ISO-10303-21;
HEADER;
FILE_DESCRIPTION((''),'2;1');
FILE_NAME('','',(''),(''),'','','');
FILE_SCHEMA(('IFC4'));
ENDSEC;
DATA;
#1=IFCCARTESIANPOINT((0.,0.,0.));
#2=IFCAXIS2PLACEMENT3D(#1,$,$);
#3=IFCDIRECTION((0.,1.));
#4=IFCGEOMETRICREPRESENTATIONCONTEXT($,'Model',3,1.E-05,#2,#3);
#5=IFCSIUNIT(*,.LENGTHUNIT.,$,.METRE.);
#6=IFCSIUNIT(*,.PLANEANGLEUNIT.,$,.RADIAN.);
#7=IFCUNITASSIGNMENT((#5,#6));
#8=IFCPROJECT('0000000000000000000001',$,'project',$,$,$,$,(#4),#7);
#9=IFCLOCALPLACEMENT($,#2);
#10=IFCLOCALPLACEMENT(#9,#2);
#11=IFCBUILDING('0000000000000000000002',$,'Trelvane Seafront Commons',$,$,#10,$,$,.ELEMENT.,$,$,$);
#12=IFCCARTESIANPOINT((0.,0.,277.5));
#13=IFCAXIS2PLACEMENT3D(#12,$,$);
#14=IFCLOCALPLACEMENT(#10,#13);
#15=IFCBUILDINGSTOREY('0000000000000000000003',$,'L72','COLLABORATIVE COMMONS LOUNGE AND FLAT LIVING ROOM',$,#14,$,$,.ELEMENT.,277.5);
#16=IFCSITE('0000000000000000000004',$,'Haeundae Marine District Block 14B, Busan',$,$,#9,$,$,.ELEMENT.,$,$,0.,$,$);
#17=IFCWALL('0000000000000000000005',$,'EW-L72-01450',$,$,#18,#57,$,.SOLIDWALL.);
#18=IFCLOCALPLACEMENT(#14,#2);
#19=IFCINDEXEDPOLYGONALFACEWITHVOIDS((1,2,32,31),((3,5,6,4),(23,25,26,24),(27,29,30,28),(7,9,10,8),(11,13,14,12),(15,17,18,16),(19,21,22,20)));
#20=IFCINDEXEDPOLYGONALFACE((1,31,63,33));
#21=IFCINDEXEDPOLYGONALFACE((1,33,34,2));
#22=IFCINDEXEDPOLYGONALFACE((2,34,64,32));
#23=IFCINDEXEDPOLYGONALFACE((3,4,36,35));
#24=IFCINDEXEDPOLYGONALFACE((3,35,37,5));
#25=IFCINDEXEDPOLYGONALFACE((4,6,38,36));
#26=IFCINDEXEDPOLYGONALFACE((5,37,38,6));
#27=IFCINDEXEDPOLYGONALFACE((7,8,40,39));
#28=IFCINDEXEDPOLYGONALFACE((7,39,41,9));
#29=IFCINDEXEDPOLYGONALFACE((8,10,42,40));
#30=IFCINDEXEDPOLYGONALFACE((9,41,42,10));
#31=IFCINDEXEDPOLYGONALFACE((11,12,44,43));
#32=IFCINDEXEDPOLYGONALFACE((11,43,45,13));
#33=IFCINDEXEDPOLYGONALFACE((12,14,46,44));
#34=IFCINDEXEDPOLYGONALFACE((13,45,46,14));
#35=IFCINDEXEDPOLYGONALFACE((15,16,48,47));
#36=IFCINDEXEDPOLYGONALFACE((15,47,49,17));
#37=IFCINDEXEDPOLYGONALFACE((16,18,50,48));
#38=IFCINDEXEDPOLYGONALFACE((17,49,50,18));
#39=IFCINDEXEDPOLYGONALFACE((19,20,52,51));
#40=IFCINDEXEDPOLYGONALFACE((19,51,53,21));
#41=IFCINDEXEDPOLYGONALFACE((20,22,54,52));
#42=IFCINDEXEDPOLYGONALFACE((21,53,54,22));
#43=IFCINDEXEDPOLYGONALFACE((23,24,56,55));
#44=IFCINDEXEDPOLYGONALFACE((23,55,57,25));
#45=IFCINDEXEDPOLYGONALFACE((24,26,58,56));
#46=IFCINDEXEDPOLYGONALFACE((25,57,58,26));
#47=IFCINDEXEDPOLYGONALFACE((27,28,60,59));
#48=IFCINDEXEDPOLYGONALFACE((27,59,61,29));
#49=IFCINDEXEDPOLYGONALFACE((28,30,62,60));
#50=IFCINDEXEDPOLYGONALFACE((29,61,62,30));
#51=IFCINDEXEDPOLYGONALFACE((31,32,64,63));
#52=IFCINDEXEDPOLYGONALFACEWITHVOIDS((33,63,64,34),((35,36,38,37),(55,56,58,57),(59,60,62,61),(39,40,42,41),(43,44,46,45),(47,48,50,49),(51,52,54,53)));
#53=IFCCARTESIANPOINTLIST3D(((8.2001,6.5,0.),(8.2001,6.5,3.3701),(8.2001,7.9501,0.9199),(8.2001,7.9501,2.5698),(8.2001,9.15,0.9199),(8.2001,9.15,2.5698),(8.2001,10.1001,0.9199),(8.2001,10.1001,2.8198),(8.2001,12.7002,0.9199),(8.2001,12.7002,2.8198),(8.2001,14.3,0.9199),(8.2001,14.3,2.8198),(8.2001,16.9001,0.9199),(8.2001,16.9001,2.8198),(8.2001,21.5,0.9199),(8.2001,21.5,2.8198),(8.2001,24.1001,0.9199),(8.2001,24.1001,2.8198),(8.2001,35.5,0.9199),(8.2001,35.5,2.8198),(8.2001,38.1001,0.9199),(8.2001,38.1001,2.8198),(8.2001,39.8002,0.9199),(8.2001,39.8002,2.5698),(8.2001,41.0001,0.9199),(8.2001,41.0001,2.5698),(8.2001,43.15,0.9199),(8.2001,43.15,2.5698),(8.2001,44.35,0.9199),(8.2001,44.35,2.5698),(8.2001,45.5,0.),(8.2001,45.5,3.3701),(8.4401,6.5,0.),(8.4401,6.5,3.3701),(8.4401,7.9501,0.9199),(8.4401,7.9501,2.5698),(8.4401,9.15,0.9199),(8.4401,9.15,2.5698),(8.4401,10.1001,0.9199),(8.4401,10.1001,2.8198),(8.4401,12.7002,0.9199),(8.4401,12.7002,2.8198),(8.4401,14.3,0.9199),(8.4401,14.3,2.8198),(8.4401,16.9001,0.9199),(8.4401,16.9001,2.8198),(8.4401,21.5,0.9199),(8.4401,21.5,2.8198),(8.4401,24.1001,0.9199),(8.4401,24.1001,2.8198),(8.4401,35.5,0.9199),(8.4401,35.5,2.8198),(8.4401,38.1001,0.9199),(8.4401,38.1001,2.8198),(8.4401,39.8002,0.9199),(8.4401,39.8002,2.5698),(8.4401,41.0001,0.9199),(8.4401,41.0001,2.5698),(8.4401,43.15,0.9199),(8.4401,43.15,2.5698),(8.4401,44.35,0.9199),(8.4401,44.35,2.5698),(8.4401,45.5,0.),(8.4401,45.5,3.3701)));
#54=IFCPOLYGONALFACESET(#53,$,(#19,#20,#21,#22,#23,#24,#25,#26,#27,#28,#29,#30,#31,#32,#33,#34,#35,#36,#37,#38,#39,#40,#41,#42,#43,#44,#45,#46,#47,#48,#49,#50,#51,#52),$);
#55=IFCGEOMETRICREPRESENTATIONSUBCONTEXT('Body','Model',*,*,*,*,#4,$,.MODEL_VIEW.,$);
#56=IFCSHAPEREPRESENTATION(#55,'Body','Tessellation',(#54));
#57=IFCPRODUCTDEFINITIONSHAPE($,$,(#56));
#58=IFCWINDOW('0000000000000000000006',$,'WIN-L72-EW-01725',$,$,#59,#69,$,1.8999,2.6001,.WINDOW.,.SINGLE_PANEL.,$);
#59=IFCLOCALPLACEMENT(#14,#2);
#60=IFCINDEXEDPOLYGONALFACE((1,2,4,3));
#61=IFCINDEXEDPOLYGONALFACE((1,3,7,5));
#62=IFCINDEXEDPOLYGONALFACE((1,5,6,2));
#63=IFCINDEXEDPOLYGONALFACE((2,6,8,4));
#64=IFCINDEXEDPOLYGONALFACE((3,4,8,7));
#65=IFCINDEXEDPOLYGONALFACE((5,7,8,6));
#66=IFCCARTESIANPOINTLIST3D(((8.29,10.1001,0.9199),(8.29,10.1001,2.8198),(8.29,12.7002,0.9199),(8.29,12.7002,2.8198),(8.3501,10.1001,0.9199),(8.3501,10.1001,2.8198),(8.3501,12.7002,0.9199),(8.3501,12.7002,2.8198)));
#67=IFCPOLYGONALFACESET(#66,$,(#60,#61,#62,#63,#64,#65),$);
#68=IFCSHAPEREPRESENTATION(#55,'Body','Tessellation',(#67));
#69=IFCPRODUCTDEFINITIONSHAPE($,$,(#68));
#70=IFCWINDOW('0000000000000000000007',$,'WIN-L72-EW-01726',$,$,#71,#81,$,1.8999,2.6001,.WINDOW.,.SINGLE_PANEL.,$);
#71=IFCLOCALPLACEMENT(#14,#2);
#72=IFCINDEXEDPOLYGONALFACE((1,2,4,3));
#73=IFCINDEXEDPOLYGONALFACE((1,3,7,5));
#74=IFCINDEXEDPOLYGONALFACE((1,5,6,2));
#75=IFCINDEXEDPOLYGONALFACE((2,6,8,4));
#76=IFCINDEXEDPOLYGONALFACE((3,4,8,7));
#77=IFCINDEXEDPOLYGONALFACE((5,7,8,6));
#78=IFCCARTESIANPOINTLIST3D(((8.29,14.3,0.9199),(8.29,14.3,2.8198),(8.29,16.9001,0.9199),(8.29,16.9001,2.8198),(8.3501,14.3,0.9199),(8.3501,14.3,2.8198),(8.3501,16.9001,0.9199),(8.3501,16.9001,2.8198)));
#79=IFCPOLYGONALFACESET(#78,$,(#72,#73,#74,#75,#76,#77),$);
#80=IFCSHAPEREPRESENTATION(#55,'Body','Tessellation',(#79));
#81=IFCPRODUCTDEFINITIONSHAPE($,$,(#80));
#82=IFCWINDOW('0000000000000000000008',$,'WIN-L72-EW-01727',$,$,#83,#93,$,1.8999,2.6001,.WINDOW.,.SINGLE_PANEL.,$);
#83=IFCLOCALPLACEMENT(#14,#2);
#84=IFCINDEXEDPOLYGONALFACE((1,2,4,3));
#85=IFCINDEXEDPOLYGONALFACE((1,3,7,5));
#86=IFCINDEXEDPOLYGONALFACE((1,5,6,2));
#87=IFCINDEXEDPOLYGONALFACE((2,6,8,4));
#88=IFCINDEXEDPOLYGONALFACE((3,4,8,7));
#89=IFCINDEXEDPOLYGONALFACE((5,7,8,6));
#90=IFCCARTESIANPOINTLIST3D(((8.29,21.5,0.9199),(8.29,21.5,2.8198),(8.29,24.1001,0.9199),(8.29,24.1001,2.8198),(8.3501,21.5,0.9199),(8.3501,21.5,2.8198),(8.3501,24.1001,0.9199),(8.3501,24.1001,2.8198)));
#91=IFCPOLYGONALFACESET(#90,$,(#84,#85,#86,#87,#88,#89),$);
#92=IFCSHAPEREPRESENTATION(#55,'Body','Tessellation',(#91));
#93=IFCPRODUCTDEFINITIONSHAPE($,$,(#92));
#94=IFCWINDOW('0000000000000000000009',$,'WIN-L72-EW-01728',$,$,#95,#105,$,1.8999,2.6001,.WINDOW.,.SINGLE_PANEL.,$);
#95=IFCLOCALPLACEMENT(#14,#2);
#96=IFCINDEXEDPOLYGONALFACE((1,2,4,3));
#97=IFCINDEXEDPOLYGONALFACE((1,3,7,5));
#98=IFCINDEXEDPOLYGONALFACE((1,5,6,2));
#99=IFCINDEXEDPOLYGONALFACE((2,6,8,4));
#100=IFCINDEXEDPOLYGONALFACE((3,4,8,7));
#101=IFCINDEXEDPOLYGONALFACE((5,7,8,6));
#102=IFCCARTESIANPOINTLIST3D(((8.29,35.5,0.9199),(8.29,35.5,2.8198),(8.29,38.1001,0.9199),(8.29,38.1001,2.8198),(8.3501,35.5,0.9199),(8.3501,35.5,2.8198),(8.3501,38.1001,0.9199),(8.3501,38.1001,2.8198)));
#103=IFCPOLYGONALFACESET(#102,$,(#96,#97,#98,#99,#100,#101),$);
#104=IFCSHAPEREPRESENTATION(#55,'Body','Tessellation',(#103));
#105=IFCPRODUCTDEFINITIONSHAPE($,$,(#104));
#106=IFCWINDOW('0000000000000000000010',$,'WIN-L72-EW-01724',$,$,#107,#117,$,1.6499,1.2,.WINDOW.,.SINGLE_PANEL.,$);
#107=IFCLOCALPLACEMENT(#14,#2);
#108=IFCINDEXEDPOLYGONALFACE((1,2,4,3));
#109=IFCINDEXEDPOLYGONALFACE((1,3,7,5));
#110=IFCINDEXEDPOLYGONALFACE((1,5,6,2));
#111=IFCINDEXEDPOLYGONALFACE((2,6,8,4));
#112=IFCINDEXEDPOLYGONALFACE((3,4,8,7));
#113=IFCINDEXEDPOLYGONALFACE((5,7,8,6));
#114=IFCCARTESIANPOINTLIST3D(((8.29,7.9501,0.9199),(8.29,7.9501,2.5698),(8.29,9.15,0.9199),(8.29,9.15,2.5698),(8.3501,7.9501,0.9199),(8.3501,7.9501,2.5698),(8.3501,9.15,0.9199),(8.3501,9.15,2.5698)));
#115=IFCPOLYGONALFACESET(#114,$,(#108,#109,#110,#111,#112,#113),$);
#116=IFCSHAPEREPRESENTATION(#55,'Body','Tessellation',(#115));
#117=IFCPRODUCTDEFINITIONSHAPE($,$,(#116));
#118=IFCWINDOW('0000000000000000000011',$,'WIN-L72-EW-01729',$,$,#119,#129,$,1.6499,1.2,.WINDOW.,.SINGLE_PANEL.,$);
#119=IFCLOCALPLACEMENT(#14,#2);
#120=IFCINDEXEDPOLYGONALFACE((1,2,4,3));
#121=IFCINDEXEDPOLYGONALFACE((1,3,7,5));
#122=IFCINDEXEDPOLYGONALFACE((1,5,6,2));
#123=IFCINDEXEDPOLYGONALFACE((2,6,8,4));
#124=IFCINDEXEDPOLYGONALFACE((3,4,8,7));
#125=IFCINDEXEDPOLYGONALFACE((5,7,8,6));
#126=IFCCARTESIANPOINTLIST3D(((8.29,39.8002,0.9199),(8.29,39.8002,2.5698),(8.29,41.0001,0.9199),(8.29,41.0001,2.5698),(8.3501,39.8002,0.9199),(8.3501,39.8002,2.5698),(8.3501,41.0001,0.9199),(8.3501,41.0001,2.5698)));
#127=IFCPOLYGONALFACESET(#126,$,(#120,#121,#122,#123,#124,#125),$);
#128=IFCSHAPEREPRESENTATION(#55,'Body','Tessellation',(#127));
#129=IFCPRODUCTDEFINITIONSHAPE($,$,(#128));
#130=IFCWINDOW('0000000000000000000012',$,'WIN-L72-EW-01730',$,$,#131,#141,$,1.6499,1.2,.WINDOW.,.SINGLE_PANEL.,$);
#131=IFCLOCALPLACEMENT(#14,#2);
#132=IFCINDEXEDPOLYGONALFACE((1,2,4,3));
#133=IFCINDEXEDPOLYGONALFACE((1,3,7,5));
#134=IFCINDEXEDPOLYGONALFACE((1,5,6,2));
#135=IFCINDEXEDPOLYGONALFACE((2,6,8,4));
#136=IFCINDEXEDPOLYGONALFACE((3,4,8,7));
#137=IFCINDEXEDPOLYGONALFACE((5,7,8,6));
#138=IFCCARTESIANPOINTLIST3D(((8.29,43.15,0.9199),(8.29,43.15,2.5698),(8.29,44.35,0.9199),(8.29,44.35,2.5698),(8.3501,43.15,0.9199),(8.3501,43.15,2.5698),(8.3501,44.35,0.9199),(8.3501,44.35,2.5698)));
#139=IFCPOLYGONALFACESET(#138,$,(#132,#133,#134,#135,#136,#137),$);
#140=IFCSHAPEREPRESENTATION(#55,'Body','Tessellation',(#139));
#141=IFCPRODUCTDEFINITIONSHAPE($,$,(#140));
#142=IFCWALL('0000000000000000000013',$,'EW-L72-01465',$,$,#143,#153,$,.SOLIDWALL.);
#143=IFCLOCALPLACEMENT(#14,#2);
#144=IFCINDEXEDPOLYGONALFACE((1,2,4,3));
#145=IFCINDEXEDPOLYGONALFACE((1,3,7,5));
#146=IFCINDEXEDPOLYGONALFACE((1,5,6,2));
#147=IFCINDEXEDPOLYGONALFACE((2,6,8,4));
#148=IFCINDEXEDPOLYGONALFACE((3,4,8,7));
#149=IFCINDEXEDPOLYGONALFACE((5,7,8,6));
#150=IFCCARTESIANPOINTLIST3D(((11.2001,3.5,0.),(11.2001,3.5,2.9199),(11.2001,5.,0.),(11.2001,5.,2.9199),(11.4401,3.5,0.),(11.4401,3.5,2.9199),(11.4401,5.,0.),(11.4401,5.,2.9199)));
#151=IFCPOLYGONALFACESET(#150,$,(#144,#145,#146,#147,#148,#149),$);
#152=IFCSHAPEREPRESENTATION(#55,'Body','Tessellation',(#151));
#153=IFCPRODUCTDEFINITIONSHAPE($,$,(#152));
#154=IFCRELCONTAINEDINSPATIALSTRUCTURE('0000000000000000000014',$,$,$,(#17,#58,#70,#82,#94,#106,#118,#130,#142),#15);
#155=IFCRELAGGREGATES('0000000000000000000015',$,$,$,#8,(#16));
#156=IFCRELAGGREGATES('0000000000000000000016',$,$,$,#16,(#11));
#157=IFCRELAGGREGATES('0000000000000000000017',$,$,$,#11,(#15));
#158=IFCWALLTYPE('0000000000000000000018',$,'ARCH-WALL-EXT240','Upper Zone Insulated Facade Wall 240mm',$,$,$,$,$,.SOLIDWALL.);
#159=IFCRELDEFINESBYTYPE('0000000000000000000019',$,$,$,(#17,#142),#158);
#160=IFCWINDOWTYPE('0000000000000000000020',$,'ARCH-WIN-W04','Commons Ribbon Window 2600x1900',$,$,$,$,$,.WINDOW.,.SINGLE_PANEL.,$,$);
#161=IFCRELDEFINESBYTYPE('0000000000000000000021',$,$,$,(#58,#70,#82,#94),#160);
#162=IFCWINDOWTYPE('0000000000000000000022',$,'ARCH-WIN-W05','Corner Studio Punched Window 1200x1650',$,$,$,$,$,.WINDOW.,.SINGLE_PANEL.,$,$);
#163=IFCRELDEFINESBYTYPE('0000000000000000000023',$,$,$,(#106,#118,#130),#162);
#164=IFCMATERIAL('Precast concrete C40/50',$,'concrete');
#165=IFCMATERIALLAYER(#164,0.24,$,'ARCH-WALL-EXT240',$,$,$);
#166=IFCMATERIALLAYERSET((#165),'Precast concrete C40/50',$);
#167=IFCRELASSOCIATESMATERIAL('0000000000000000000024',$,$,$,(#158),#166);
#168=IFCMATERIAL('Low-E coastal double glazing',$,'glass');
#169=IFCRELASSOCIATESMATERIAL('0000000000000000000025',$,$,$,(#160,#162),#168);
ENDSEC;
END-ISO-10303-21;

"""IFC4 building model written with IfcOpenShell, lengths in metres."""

from ifc_helpers import new_model, si_unit, direction, frame, frame_2d, origin, place, context, subcontext, project, spatial, rectangle, extrude, source, transform, mapped, material, layer, layer_set, type_object, element, fill, save


model = new_model("IFC4")

# Units and contexts
model_context = context("Model", 3, precision=1e-05, world=origin(), true_north=direction((0.0, 1.0)))
body_context = subcontext(model_context, "Body", "Model", "MODEL_VIEW")
ifc_project = project(units=[si_unit("LENGTHUNIT", "METRE"), si_unit("PLANEANGLEUNIT", "RADIAN")], contexts=[model_context])

# Site, building, storey
site_placement = place(None, origin())
site = spatial("IfcSite", under=ifc_project, at=site_placement, Name="Haeundae Marine District Block 14B, Busan", CompositionType="ELEMENT", RefElevation=0.0)
building_placement = place(site_placement, origin())
building = spatial("IfcBuilding", under=site, at=building_placement, Name="Trelvane Seafront Commons", CompositionType="ELEMENT")
storey_placement = place(building_placement, frame((0.0, 0.0, 277.5)))
storey = spatial("IfcBuildingStorey", under=building, at=storey_placement, Name="L72", Description="COLLABORATIVE COMMONS LOUNGE AND FLAT LIVING ROOM", CompositionType="ELEMENT", Elevation=277.5)

# Shared definitions
ifc_material_1 = material(Name="Precast concrete C40/50", Category="concrete")
ifc_layer_1 = layer(ifc_material_1, 0.24, Name="ARCH-WALL-EXT240")
ifc_layer_set_1 = layer_set([ifc_layer_1], Name="Precast concrete C40/50")
wall_type_1 = type_object("IfcWallType", Name="ARCH-WALL-EXT240", Description="Upper Zone Insulated Facade Wall 240mm", PredefinedType="SOLIDWALL", material=ifc_layer_set_1)

# Wall, openings, windows
wall_1_placement = place(storey_placement, frame((8.3201, 6.5, 0.0), z_axis=(0.0, 0.0, 1.0), x_axis=(0.0, 1.0, 0.0)))
wall_1 = element("IfcWall", 1, at=wall_1_placement, inside=storey, type_object=wall_type_1, Name="EW-L72-01450", PredefinedType="SOLIDWALL", context=body_context, shape_type="SweptSolid", body=[
    extrude(rectangle(XDim=39.0, YDim=0.24, at=frame_2d((19.5, 0.0))), origin(), (0.0, 0.0, 1.0), 3.3701),
])
opening_1_placement = place(wall_1_placement, frame((1.45, 0.0, 0.9199)))
opening_1 = element("IfcOpeningElement", 2, at=opening_1_placement, cuts=wall_1, PredefinedType="OPENING", context=body_context, shape_type="SweptSolid", body=[
    extrude(rectangle(XDim=1.2, YDim=1.6499, at=frame_2d((0.6001, 0.825))), frame((0.0, 0.1299, 0.0), z_axis=(0.0, -1.0, 0.0), x_axis=(1.0, 0.0, 0.0)), (0.0, 0.0, 1.0), 0.26),
])
opening_2_placement = place(wall_1_placement, frame((3.6001, 0.0, 0.9199)))
opening_2 = element("IfcOpeningElement", 3, at=opening_2_placement, cuts=wall_1, PredefinedType="OPENING", context=body_context, shape_type="SweptSolid", body=[
    extrude(rectangle(XDim=2.6001, YDim=1.8999, at=frame_2d((1.3, 0.95))), frame((0.0, 0.1299, 0.0), z_axis=(0.0, -1.0, 0.0), x_axis=(1.0, 0.0, 0.0)), (0.0, 0.0, 1.0), 0.26),
])
opening_3_placement = place(wall_1_placement, frame((7.8, 0.0, 0.9199)))
opening_3 = element("IfcOpeningElement", 4, at=opening_3_placement, cuts=wall_1, PredefinedType="OPENING", context=body_context, shape_type="SweptSolid", body=[
    extrude(rectangle(XDim=2.6001, YDim=1.8999, at=frame_2d((1.3, 0.95))), frame((0.0, 0.1299, 0.0), z_axis=(0.0, -1.0, 0.0), x_axis=(1.0, 0.0, 0.0)), (0.0, 0.0, 1.0), 0.26),
])
opening_4_placement = place(wall_1_placement, frame((15.0, 0.0, 0.9199)))
opening_4 = element("IfcOpeningElement", 5, at=opening_4_placement, cuts=wall_1, PredefinedType="OPENING", context=body_context, shape_type="SweptSolid", body=[
    extrude(rectangle(XDim=2.6001, YDim=1.8999, at=frame_2d((1.3, 0.95))), frame((0.0, 0.1299, 0.0), z_axis=(0.0, -1.0, 0.0), x_axis=(1.0, 0.0, 0.0)), (0.0, 0.0, 1.0), 0.26),
])
opening_5_placement = place(wall_1_placement, frame((29.0, 0.0, 0.9199)))
opening_5 = element("IfcOpeningElement", 6, at=opening_5_placement, cuts=wall_1, PredefinedType="OPENING", context=body_context, shape_type="SweptSolid", body=[
    extrude(rectangle(XDim=2.6001, YDim=1.8999, at=frame_2d((1.3, 0.95))), frame((0.0, 0.1299, 0.0), z_axis=(0.0, -1.0, 0.0), x_axis=(1.0, 0.0, 0.0)), (0.0, 0.0, 1.0), 0.26),
])
opening_6_placement = place(wall_1_placement, frame((33.3, 0.0, 0.9199)))
opening_6 = element("IfcOpeningElement", 7, at=opening_6_placement, cuts=wall_1, PredefinedType="OPENING", context=body_context, shape_type="SweptSolid", body=[
    extrude(rectangle(XDim=1.2, YDim=1.6499, at=frame_2d((0.6001, 0.825))), frame((0.0, 0.1299, 0.0), z_axis=(0.0, -1.0, 0.0), x_axis=(1.0, 0.0, 0.0)), (0.0, 0.0, 1.0), 0.26),
])
opening_7_placement = place(wall_1_placement, frame((36.6499, 0.0, 0.9199)))
opening_7 = element("IfcOpeningElement", 8, at=opening_7_placement, cuts=wall_1, PredefinedType="OPENING", context=body_context, shape_type="SweptSolid", body=[
    extrude(rectangle(XDim=1.2, YDim=1.6499, at=frame_2d((0.6001, 0.825))), frame((0.0, 0.1299, 0.0), z_axis=(0.0, -1.0, 0.0), x_axis=(1.0, 0.0, 0.0)), (0.0, 0.0, 1.0), 0.26),
])
ifc_material_2 = material(Name="Low-E coastal double glazing", Category="glass")
window_type_1 = type_object("IfcWindowType", Name="ARCH-WIN-W04", Description="Commons Ribbon Window 2600x1900", PartitioningType="SINGLE_PANEL", PredefinedType="WINDOW", material=ifc_material_2)
shared_shape_1 = source(origin(), body_context, "Body", "SweptSolid", [
    extrude(rectangle(XDim=2.6001, YDim=1.8999, at=frame_2d((1.3, 0.95))), frame((0.0, 0.03, 0.0), z_axis=(0.0, -1.0, 0.0), x_axis=(1.0, 0.0, 0.0)), (0.0, 0.0, 1.0), 0.0601),
])
window_1_placement = place(opening_2_placement, origin())
window_1 = element("IfcWindow", 9, at=window_1_placement, inside=storey, type_object=window_type_1, Name="WIN-L72-EW-01725", OverallHeight=1.8999, OverallWidth=2.6001, PartitioningType="SINGLE_PANEL", PredefinedType="WINDOW", context=body_context, shape_type="MappedRepresentation", body=[
    mapped(shared_shape_1, transform((0.0, 0.0, 0.0), x_axis=(1.0, 0.0, 0.0), y_axis=(0.0, 1.0, 0.0), z_axis=(0.0, 0.0, 1.0), scale=1.0)),
])
fill(opening_2, window_1)
window_2_placement = place(opening_3_placement, origin())
window_2 = element("IfcWindow", 10, at=window_2_placement, inside=storey, type_object=window_type_1, Name="WIN-L72-EW-01726", OverallHeight=1.8999, OverallWidth=2.6001, PartitioningType="SINGLE_PANEL", PredefinedType="WINDOW", context=body_context, shape_type="MappedRepresentation", body=[
    mapped(shared_shape_1, transform((0.0, 0.0, 0.0), x_axis=(1.0, 0.0, 0.0), y_axis=(0.0, 1.0, 0.0), z_axis=(0.0, 0.0, 1.0), scale=1.0)),
])
fill(opening_3, window_2)
window_3_placement = place(opening_4_placement, origin())
window_3 = element("IfcWindow", 11, at=window_3_placement, inside=storey, type_object=window_type_1, Name="WIN-L72-EW-01727", OverallHeight=1.8999, OverallWidth=2.6001, PartitioningType="SINGLE_PANEL", PredefinedType="WINDOW", context=body_context, shape_type="MappedRepresentation", body=[
    mapped(shared_shape_1, transform((0.0, 0.0, 0.0), x_axis=(1.0, 0.0, 0.0), y_axis=(0.0, 1.0, 0.0), z_axis=(0.0, 0.0, 1.0), scale=1.0)),
])
fill(opening_4, window_3)
window_4_placement = place(opening_5_placement, origin())
window_4 = element("IfcWindow", 12, at=window_4_placement, inside=storey, type_object=window_type_1, Name="WIN-L72-EW-01728", OverallHeight=1.8999, OverallWidth=2.6001, PartitioningType="SINGLE_PANEL", PredefinedType="WINDOW", context=body_context, shape_type="MappedRepresentation", body=[
    mapped(shared_shape_1, transform((0.0, 0.0, 0.0), x_axis=(1.0, 0.0, 0.0), y_axis=(0.0, 1.0, 0.0), z_axis=(0.0, 0.0, 1.0), scale=1.0)),
])
fill(opening_5, window_4)
window_type_2 = type_object("IfcWindowType", Name="ARCH-WIN-W05", Description="Corner Studio Punched Window 1200x1650", PartitioningType="SINGLE_PANEL", PredefinedType="WINDOW", material=ifc_material_2)
shared_shape_2 = source(origin(), body_context, "Body", "SweptSolid", [
    extrude(rectangle(XDim=1.2, YDim=1.6499, at=frame_2d((0.6001, 0.825))), frame((0.0, 0.03, 0.0), z_axis=(0.0, -1.0, 0.0), x_axis=(1.0, 0.0, 0.0)), (0.0, 0.0, 1.0), 0.0601),
])
window_5_placement = place(opening_1_placement, origin())
window_5 = element("IfcWindow", 13, at=window_5_placement, inside=storey, type_object=window_type_2, Name="WIN-L72-EW-01724", OverallHeight=1.6499, OverallWidth=1.2, PartitioningType="SINGLE_PANEL", PredefinedType="WINDOW", context=body_context, shape_type="MappedRepresentation", body=[
    mapped(shared_shape_2, transform((0.0, 0.0, 0.0), x_axis=(1.0, 0.0, 0.0), y_axis=(0.0, 1.0, 0.0), z_axis=(0.0, 0.0, 1.0), scale=1.0)),
])
fill(opening_1, window_5)
window_6_placement = place(opening_6_placement, origin())
window_6 = element("IfcWindow", 14, at=window_6_placement, inside=storey, type_object=window_type_2, Name="WIN-L72-EW-01729", OverallHeight=1.6499, OverallWidth=1.2, PartitioningType="SINGLE_PANEL", PredefinedType="WINDOW", context=body_context, shape_type="MappedRepresentation", body=[
    mapped(shared_shape_2, transform((0.0, 0.0, 0.0), x_axis=(1.0, 0.0, 0.0), y_axis=(0.0, 1.0, 0.0), z_axis=(0.0, 0.0, 1.0), scale=1.0)),
])
fill(opening_6, window_6)
window_7_placement = place(opening_7_placement, origin())
window_7 = element("IfcWindow", 15, at=window_7_placement, inside=storey, type_object=window_type_2, Name="WIN-L72-EW-01730", OverallHeight=1.6499, OverallWidth=1.2, PartitioningType="SINGLE_PANEL", PredefinedType="WINDOW", context=body_context, shape_type="MappedRepresentation", body=[
    mapped(shared_shape_2, transform((0.0, 0.0, 0.0), x_axis=(1.0, 0.0, 0.0), y_axis=(0.0, 1.0, 0.0), z_axis=(0.0, 0.0, 1.0), scale=1.0)),
])
fill(opening_7, window_7)

# Wall
wall_2_placement = place(storey_placement, frame((11.3201, 3.5, 0.0), z_axis=(0.0, 0.0, 1.0), x_axis=(0.0, 1.0, 0.0)))
element("IfcWall", 16, at=wall_2_placement, inside=storey, type_object=wall_type_1, Name="EW-L72-01465", PredefinedType="SOLIDWALL", context=body_context, shape_type="SweptSolid", body=[
    extrude(rectangle(XDim=1.5, YDim=0.24, at=frame_2d((0.75, 0.0))), origin(), (0.0, 0.0, 1.0), 2.9199),
])

save(model, "model.ifc")
